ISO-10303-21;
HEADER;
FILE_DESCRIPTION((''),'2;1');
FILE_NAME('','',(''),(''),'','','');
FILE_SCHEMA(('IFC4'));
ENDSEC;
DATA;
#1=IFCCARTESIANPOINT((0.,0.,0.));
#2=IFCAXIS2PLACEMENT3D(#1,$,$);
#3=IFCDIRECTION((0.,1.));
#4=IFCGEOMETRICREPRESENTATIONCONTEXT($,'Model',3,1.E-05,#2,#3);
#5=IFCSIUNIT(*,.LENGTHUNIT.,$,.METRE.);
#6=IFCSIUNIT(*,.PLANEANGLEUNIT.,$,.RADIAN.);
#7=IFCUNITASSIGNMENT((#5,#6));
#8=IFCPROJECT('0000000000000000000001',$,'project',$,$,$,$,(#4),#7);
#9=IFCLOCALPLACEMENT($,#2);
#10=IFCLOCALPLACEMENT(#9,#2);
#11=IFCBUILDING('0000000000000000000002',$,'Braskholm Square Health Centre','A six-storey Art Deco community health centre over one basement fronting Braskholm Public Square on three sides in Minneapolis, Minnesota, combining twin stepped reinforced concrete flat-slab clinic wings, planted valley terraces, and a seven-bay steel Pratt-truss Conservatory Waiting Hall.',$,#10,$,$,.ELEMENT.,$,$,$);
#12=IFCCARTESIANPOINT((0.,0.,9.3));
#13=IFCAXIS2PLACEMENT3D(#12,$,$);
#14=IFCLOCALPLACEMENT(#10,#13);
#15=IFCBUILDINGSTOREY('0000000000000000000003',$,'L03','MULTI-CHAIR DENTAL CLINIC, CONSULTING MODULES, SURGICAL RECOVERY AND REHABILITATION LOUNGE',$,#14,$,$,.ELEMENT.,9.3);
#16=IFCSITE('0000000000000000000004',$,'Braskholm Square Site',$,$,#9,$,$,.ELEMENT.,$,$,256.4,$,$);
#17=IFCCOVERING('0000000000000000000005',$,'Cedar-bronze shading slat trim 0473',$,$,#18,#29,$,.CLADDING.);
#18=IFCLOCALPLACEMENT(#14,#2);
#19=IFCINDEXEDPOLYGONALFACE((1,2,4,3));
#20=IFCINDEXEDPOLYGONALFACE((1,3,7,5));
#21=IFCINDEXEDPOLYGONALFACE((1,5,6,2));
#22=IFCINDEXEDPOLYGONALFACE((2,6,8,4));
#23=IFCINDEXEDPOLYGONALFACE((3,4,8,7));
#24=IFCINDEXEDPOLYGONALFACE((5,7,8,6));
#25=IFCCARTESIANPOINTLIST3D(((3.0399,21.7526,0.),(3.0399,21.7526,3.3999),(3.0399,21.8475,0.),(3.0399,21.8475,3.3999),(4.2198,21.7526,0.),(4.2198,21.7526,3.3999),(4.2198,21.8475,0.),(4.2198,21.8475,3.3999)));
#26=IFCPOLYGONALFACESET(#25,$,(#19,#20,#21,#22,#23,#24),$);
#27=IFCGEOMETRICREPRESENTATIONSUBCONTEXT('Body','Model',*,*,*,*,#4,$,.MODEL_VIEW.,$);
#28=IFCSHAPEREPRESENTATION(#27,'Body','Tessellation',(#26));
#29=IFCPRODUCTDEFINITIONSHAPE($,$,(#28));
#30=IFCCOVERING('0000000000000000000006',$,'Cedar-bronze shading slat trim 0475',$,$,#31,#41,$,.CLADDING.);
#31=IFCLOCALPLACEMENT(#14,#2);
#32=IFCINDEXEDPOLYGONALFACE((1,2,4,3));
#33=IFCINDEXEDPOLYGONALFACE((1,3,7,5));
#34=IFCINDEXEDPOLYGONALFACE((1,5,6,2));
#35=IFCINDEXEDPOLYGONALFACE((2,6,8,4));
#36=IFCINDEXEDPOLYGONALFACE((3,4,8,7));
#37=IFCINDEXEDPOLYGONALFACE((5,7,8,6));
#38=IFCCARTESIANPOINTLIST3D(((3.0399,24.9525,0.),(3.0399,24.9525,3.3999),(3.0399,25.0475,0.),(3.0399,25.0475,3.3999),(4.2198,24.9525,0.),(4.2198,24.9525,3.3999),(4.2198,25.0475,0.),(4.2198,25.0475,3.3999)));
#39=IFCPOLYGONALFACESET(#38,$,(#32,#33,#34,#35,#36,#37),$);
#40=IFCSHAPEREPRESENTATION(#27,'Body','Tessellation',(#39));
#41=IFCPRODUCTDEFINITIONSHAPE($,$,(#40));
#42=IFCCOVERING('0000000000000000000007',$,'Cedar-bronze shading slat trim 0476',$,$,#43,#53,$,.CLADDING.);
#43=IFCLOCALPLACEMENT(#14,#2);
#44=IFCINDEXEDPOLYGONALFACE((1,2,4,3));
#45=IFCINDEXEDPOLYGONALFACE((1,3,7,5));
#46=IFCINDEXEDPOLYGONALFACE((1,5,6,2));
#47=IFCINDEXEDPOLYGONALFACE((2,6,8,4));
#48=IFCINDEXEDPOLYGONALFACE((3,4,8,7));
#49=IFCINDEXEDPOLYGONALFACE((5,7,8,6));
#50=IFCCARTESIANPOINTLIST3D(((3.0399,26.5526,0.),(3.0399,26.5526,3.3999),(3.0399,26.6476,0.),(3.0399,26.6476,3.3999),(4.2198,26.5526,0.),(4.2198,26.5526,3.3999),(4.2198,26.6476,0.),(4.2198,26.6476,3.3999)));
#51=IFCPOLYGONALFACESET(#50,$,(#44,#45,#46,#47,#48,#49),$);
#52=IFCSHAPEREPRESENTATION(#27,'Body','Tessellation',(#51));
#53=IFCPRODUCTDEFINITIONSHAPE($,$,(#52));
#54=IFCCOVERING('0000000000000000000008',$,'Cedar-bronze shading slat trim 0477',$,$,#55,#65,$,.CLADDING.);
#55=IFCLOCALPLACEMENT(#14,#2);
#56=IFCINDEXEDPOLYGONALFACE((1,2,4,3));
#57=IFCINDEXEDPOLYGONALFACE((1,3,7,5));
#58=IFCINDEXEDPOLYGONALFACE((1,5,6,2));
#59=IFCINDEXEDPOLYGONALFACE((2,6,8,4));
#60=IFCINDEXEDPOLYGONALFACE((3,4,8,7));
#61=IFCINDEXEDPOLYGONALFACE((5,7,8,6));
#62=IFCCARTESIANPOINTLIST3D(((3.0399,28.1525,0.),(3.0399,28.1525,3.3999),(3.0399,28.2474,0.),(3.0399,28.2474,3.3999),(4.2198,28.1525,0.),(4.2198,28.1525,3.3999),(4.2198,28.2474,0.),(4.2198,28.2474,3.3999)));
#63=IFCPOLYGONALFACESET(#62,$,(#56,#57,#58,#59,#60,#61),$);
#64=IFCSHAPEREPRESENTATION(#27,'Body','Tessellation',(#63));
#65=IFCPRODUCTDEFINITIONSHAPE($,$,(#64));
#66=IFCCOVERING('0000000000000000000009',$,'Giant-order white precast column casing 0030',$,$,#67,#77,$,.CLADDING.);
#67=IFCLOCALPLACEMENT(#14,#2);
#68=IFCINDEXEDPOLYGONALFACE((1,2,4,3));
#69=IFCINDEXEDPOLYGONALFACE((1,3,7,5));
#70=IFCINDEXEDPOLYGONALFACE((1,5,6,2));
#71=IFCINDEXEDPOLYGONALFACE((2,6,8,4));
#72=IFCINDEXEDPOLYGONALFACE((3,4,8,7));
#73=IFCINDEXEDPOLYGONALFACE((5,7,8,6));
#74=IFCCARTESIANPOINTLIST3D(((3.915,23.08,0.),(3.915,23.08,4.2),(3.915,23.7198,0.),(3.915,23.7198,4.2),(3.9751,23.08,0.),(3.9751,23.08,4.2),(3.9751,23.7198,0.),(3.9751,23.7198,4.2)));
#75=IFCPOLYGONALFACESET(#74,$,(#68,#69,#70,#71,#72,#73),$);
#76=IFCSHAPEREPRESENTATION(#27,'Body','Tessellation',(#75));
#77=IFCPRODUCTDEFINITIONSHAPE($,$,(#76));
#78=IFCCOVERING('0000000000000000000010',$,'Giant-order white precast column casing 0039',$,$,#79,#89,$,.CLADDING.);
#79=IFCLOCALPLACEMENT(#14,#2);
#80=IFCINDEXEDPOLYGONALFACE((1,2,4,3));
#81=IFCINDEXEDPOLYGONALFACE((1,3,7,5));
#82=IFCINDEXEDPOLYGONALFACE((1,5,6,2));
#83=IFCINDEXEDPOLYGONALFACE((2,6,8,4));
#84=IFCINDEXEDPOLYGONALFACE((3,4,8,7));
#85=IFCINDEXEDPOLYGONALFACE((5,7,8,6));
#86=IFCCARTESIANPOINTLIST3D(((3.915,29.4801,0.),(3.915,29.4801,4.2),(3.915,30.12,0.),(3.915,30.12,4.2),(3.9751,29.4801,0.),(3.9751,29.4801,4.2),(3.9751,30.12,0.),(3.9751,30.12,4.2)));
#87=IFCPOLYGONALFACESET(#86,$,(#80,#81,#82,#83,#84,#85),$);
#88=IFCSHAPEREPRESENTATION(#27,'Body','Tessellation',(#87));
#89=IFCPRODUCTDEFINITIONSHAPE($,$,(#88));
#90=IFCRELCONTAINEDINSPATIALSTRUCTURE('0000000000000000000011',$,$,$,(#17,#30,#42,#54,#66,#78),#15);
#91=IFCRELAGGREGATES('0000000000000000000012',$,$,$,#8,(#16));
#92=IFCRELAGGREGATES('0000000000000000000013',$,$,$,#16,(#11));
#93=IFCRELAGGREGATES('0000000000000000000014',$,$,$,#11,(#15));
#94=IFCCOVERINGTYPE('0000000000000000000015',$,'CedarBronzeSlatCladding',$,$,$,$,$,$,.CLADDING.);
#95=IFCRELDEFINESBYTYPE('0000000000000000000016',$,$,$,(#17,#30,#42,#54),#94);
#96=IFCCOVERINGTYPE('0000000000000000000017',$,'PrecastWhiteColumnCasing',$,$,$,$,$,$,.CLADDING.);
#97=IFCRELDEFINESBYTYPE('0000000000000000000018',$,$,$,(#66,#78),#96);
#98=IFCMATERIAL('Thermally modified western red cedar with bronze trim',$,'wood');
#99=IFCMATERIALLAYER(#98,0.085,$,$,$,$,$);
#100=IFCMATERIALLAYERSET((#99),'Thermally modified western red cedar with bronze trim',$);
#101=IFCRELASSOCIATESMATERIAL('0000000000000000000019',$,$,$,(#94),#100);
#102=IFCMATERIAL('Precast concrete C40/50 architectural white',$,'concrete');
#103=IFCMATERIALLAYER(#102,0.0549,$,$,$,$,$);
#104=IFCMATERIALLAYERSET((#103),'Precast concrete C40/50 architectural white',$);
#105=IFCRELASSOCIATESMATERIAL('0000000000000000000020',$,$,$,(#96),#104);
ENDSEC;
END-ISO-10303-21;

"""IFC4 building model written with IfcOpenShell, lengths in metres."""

from ifc_helpers import new_model, si_unit, direction, frame, origin, origin_2d, place, context, subcontext, project, spatial, rectangle, extrude, material, layer, layer_set, type_object, element, save


model = new_model("IFC4")

# Units and contexts
model_context = context("Model", 3, precision=1e-05, world=origin(), true_north=direction((0.0, 1.0)))
body_context = subcontext(model_context, "Body", "Model", "MODEL_VIEW")
ifc_project = project(units=[si_unit("LENGTHUNIT", "METRE"), si_unit("PLANEANGLEUNIT", "RADIAN")], contexts=[model_context])

# Site, building, storey
site_placement = place(None, origin())
site = spatial("IfcSite", under=ifc_project, at=site_placement, Name="Braskholm Square Site", CompositionType="ELEMENT", RefElevation=256.4)
building_placement = place(site_placement, origin())
building = spatial("IfcBuilding", under=site, at=building_placement, Name="Braskholm Square Health Centre", Description="A six-storey Art Deco community health centre over one basement fronting Braskholm Public Square on three sides in Minneapolis, Minnesota, combining twin stepped reinforced concrete flat-slab clinic wings, planted valley terraces, and a seven-bay steel Pratt-truss Conservatory Waiting Hall.", CompositionType="ELEMENT")
storey_placement = place(building_placement, frame((0.0, 0.0, 9.3)))
storey = spatial("IfcBuildingStorey", under=building, at=storey_placement, Name="L03", Description="MULTI-CHAIR DENTAL CLINIC, CONSULTING MODULES, SURGICAL RECOVERY AND REHABILITATION LOUNGE", CompositionType="ELEMENT", Elevation=9.3)

# Shared definitions
ifc_material_1 = material(Name="Precast concrete C40/50 architectural white", Category="concrete")

# Shared definitions
ifc_material_2 = material(Name="Thermally modified western red cedar with bronze trim", Category="wood")

# Coverings
ifc_layer_1 = layer(ifc_material_2, 0.085)
ifc_layer_set_1 = layer_set([ifc_layer_1], Name="Thermally modified western red cedar with bronze trim")
covering_type_1 = type_object("IfcCoveringType", Name="CedarBronzeSlatCladding", PredefinedType="CLADDING", material=ifc_layer_set_1)
for number, where, z_axis, x_axis, name in (
    (1, (3.6299, 21.8, 0.0), (0.0, 0.0, 1.0), (1.0, 0.0, 0.0), "Cedar-bronze shading slat trim 0473"),
    (2, (3.6299, 25.0, 0.0), (0.0, 0.0, 1.0), (1.0, 0.0, 0.0), "Cedar-bronze shading slat trim 0475"),
    (3, (3.6299, 26.6001, 0.0), (0.0, 0.0, 1.0), (1.0, 0.0, 0.0), "Cedar-bronze shading slat trim 0476"),
    (4, (3.6299, 28.2, 0.0), (0.0, 0.0, 1.0), (1.0, 0.0, 0.0), "Cedar-bronze shading slat trim 0477"),
):
    element("IfcCovering", number, at=place(storey_placement, frame(where, z_axis=z_axis, x_axis=x_axis)), inside=storey, type_object=covering_type_1, Name=name, PredefinedType="CLADDING", context=body_context, shape_type="SweptSolid", body=[
        extrude(rectangle(XDim=1.1799, YDim=0.095, at=origin_2d()), origin(), (0.0, 0.0, 1.0), 3.3999),
    ])
ifc_layer_2 = layer(ifc_material_1, 0.0549)
ifc_layer_set_2 = layer_set([ifc_layer_2], Name="Precast concrete C40/50 architectural white")
covering_type_2 = type_object("IfcCoveringType", Name="PrecastWhiteColumnCasing", PredefinedType="CLADDING", material=ifc_layer_set_2)
for number, where, z_axis, x_axis, name in (
    (5, (3.9451, 23.3999, 0.0), (0.0, 0.0, 1.0), (1.0, 0.0, 0.0), "Giant-order white precast column casing 0030"),
    (6, (3.9451, 29.8, 0.0), (0.0, 0.0, 1.0), (1.0, 0.0, 0.0), "Giant-order white precast column casing 0039"),
):
    element("IfcCovering", number, at=place(storey_placement, frame(where, z_axis=z_axis, x_axis=x_axis)), inside=storey, type_object=covering_type_2, Name=name, PredefinedType="CLADDING", context=body_context, shape_type="SweptSolid", body=[
        extrude(rectangle(XDim=0.0601, YDim=0.6399, at=origin_2d()), origin(), (0.0, 0.0, 1.0), 4.2),
    ])

save(model, "model.ifc")
